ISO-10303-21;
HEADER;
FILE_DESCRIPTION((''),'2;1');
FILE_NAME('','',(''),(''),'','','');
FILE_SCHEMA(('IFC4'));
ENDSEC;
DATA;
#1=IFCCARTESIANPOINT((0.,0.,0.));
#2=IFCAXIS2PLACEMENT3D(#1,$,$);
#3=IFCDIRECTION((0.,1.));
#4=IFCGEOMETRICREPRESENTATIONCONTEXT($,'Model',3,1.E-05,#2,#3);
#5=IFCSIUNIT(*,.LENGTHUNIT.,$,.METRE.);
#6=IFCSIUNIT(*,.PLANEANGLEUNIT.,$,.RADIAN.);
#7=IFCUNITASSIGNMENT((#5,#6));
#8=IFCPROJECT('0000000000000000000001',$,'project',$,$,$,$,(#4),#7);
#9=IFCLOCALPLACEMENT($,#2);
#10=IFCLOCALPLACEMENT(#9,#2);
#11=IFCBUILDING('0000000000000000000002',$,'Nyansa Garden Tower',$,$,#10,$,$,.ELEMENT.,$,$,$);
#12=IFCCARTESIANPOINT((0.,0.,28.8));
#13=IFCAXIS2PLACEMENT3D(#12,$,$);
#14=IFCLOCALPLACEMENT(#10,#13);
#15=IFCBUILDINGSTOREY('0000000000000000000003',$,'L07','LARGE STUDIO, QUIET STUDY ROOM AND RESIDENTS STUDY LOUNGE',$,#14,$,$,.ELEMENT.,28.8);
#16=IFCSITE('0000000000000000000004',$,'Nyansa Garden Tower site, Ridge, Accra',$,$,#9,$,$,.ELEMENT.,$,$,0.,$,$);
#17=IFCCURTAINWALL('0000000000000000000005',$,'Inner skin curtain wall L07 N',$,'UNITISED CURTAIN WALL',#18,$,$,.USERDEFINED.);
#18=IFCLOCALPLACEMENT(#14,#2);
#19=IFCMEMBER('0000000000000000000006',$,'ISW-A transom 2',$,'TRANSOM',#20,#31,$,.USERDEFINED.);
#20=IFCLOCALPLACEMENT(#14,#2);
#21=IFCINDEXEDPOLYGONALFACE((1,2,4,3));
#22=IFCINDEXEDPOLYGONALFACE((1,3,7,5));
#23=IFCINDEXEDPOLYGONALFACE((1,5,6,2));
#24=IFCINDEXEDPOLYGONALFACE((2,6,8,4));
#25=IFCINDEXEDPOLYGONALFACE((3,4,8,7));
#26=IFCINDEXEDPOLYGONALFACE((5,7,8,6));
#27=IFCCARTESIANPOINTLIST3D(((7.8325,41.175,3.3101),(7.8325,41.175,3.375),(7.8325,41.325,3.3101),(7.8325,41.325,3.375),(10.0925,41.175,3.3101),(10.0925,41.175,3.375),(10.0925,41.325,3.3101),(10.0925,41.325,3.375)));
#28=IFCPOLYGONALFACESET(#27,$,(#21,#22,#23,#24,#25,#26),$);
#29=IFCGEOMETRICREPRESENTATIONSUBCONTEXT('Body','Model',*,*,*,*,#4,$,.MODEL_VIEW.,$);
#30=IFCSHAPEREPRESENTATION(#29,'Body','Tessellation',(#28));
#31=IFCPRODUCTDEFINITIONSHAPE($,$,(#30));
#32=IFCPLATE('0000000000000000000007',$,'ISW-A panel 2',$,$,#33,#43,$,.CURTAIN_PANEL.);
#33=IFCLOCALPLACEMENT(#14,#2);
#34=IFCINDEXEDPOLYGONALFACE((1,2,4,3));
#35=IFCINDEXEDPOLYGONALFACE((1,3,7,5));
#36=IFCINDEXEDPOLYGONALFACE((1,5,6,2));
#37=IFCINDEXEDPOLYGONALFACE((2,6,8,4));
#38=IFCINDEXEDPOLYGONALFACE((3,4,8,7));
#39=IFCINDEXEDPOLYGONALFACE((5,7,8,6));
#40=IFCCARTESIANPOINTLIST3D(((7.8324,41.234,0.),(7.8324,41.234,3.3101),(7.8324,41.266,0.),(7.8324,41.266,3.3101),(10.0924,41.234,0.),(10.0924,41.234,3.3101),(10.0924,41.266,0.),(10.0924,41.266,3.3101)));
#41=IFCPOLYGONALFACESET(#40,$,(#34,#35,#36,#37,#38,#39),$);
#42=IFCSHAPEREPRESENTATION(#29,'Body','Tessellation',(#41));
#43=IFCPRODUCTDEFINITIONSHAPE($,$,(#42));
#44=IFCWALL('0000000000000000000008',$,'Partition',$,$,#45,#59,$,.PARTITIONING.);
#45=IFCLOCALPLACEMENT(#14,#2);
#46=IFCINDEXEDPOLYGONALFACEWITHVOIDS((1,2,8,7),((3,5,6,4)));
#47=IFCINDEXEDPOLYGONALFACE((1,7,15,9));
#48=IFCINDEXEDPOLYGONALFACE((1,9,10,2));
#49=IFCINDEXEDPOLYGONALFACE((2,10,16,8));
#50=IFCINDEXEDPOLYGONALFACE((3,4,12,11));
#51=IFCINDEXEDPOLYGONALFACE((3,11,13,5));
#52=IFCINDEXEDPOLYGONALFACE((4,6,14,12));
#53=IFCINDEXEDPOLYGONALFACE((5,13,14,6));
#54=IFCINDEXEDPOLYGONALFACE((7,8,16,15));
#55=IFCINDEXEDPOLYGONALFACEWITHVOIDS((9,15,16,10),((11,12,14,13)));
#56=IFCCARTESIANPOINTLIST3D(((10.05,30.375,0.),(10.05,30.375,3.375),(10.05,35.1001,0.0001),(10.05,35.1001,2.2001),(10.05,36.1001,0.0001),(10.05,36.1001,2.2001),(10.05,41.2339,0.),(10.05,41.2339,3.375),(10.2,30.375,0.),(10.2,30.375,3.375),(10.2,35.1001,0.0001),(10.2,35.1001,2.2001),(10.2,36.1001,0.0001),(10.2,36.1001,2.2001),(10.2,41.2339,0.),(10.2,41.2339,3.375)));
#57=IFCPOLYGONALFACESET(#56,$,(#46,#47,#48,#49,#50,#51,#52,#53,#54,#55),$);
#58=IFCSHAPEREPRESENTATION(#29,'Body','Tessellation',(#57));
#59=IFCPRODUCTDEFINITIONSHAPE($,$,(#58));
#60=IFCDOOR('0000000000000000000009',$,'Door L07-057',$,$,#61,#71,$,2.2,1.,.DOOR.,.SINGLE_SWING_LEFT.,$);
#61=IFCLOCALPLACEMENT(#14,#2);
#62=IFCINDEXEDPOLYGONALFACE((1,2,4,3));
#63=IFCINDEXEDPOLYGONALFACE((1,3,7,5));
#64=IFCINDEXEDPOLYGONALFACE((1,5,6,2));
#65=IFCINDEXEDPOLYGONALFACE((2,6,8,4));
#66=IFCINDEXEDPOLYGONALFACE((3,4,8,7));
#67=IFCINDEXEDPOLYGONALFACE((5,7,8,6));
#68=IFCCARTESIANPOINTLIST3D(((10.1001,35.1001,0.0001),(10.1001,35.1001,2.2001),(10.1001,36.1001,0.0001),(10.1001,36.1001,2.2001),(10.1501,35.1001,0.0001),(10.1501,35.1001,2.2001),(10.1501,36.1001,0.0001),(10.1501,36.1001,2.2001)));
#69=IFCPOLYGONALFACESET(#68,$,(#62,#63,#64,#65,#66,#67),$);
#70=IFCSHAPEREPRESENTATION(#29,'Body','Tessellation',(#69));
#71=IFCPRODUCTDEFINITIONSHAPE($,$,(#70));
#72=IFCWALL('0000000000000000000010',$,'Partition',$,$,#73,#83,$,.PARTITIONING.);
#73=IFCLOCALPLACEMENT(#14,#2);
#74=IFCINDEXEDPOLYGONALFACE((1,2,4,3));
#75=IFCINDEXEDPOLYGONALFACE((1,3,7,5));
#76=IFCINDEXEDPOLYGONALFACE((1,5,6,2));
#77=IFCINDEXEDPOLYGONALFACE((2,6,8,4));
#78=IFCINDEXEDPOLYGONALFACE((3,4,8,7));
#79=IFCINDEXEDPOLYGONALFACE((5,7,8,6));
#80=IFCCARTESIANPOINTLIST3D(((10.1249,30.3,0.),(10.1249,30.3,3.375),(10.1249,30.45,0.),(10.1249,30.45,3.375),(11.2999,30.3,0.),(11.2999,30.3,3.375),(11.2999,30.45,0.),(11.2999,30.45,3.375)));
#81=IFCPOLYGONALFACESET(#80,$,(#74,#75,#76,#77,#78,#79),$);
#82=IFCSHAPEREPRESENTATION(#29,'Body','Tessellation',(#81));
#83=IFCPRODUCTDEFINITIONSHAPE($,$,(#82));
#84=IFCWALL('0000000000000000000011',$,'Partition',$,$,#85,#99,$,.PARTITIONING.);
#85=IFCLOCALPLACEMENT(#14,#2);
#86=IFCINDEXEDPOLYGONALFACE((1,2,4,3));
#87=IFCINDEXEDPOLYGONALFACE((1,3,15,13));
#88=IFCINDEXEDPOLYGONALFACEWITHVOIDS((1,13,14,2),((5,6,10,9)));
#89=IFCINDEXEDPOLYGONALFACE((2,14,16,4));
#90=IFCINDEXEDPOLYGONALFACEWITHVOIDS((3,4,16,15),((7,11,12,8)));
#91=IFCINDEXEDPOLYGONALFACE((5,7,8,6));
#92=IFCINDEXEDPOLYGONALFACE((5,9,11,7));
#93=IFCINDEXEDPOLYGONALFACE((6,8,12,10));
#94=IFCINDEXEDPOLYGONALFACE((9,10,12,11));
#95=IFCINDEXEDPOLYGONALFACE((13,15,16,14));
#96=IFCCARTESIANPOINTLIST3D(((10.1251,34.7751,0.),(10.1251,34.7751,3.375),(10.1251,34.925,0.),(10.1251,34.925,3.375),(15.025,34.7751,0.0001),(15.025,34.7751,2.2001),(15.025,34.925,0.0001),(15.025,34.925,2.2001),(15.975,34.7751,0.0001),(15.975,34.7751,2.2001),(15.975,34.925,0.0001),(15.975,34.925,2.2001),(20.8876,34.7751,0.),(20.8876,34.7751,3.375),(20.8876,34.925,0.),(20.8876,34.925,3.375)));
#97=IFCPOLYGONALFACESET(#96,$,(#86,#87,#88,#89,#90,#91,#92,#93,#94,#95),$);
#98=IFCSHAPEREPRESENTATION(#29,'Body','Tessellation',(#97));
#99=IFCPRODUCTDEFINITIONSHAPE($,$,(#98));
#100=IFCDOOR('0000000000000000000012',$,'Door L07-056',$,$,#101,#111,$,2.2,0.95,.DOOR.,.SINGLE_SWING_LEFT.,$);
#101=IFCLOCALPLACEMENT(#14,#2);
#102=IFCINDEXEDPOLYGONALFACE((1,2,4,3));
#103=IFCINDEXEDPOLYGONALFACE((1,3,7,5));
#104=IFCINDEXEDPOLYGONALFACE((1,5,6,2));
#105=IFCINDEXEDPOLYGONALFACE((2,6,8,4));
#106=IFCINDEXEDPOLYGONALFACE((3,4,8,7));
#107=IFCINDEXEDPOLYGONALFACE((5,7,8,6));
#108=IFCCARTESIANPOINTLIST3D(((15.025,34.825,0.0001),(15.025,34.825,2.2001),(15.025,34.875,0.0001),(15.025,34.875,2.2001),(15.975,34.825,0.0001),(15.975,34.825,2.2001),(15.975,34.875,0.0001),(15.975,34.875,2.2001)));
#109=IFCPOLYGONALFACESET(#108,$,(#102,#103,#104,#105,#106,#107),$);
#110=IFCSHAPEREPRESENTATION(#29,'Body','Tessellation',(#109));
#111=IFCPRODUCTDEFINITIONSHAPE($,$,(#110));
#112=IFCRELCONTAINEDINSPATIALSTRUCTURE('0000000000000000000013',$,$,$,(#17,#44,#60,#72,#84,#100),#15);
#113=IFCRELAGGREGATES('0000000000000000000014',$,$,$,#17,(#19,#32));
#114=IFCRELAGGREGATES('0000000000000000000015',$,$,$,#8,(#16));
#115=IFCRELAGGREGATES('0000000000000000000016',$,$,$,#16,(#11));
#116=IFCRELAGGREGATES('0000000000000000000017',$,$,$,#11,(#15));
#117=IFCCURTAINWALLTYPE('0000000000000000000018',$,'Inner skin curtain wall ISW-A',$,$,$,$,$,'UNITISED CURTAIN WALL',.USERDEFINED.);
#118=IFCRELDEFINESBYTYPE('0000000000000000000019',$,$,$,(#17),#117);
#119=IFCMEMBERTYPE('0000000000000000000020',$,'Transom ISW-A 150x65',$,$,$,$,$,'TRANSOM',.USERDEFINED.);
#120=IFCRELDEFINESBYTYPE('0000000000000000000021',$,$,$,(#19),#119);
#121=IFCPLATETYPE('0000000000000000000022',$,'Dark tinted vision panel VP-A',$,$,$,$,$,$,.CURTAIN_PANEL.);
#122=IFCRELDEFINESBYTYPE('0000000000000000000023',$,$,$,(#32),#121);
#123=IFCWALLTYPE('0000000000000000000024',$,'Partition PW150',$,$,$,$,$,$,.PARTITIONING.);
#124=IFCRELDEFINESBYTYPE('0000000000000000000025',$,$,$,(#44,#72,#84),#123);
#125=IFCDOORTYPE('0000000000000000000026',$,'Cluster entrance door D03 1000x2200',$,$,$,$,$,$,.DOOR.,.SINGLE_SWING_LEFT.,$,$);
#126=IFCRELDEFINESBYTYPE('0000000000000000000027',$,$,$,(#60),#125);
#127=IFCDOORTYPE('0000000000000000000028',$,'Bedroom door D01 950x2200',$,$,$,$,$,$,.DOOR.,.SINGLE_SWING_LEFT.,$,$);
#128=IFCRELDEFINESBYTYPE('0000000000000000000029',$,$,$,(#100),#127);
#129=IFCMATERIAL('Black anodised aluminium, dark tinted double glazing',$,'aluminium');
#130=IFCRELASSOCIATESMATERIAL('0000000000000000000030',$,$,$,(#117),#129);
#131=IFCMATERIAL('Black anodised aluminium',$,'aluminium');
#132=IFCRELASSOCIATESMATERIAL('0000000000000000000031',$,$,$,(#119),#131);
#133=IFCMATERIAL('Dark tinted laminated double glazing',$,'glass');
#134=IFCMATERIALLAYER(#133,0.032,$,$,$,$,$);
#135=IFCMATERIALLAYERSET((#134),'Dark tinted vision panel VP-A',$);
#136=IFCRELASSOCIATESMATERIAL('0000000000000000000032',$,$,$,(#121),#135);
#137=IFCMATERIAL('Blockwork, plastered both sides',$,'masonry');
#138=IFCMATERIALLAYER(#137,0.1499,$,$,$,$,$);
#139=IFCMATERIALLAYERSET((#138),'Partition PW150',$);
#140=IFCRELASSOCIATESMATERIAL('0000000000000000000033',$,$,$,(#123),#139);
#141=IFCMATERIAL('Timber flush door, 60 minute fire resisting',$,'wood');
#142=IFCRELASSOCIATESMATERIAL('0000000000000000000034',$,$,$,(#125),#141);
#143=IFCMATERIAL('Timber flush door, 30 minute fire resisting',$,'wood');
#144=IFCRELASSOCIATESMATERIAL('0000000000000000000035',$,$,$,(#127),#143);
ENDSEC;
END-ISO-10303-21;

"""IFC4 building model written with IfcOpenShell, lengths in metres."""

from ifc_helpers import new_model, si_unit, direction, frame, frame_2d, origin, origin_2d, place, context, subcontext, project, spatial, rectangle, extrude, material, layer, layer_set, material_profile, profile_set, type_object, element, fill, aggregate, save


model = new_model("IFC4")

# Units and contexts
model_context = context("Model", 3, precision=1e-05, world=origin(), true_north=direction((0.0, 1.0)))
body_context = subcontext(model_context, "Body", "Model", "MODEL_VIEW")
ifc_project = project(units=[si_unit("LENGTHUNIT", "METRE"), si_unit("PLANEANGLEUNIT", "RADIAN")], contexts=[model_context])

# Site, building, storey
site_placement = place(None, origin())
site = spatial("IfcSite", under=ifc_project, at=site_placement, Name="Nyansa Garden Tower site, Ridge, Accra", CompositionType="ELEMENT", RefElevation=0.0)
building_placement = place(site_placement, origin())
building = spatial("IfcBuilding", under=site, at=building_placement, Name="Nyansa Garden Tower", CompositionType="ELEMENT")
storey_placement = place(building_placement, frame((0.0, 0.0, 28.8)))
storey = spatial("IfcBuildingStorey", under=building, at=storey_placement, Name="L07", Description="LARGE STUDIO, QUIET STUDY ROOM AND RESIDENTS STUDY LOUNGE", CompositionType="ELEMENT", Elevation=28.8)

# Curtain wall
ifc_material_1 = material(Name="Black anodised aluminium, dark tinted double glazing", Category="aluminium")
curtain_wall_type = type_object("IfcCurtainWallType", Name="Inner skin curtain wall ISW-A", ElementType="UNITISED CURTAIN WALL", PredefinedType="USERDEFINED", material=ifc_material_1)
curtain_wall_placement = place(storey_placement, origin())
curtain_wall = element("IfcCurtainWall", 1, at=curtain_wall_placement, inside=storey, type_object=curtain_wall_type, Name="Inner skin curtain wall L07 N", ObjectType="UNITISED CURTAIN WALL", PredefinedType="USERDEFINED")

# Member
ifc_material_2 = material(Name="Black anodised aluminium", Category="aluminium")
ifc_material_profile_1 = material_profile(ifc_material_2, rectangle(XDim=0.1499, YDim=0.0649, at=origin_2d()), Name="Transom 150x65")
ifc_profile_set_1 = profile_set([ifc_material_profile_1], Name="Black anodised aluminium")
member_type_1 = type_object("IfcMemberType", Name="Transom ISW-A 150x65", ElementType="TRANSOM", PredefinedType="USERDEFINED", material=ifc_profile_set_1)
member_1_placement = place(storey_placement, frame((10.0925, 41.25, 3.3425), z_axis=(-1.0, 0.0, 0.0), x_axis=(0.0, -1.0, 0.0)))
member_1 = element("IfcMember", 2, at=member_1_placement, type_object=member_type_1, Name="ISW-A transom 2", ObjectType="TRANSOM", PredefinedType="USERDEFINED", context=body_context, shape_type="SweptSolid", body=[
    extrude(rectangle(XDim=0.1499, YDim=0.0649, at=origin_2d()), origin(), (0.0, 0.0, 1.0), 2.26),
])

# Plate
ifc_material_3 = material(Name="Dark tinted laminated double glazing", Category="glass")
ifc_layer_1 = layer(ifc_material_3, 0.032)
ifc_layer_set_1 = layer_set([ifc_layer_1], Name="Dark tinted vision panel VP-A")
plate_type = type_object("IfcPlateType", Name="Dark tinted vision panel VP-A", PredefinedType="CURTAIN_PANEL", material=ifc_layer_set_1)
plate_placement = place(storey_placement, frame((8.9624, 41.25, 0.0), z_axis=(0.0, 0.0, 1.0), x_axis=(-1.0, 0.0, 0.0)))
plate = element("IfcPlate", 3, at=plate_placement, type_object=plate_type, Name="ISW-A panel 2", PredefinedType="CURTAIN_PANEL", context=body_context, shape_type="SweptSolid", body=[
    extrude(rectangle(XDim=2.26, YDim=0.032, at=origin_2d()), origin(), (0.0, 0.0, 1.0), 3.3101),
])
aggregate(curtain_wall, [member_1, plate])

# Wall, opening, door
ifc_material_4 = material(Name="Blockwork, plastered both sides", Category="masonry")
ifc_layer_2 = layer(ifc_material_4, 0.1499)
ifc_layer_set_2 = layer_set([ifc_layer_2], Name="Partition PW150")
wall_type_1 = type_object("IfcWallType", Name="Partition PW150", PredefinedType="PARTITIONING", material=ifc_layer_set_2)
wall_1_placement = place(storey_placement, frame((10.125, 30.375, 0.0), z_axis=(0.0, 0.0, 1.0), x_axis=(0.0, 1.0, 0.0)))
wall_1 = element("IfcWall", 4, at=wall_1_placement, inside=storey, type_object=wall_type_1, Name="Partition", PredefinedType="PARTITIONING", context=body_context, shape_type="SweptSolid", body=[
    extrude(rectangle(XDim=10.8589, YDim=0.1499, at=frame_2d((5.4294, 0.0))), origin(), (0.0, 0.0, 1.0), 3.375),
])
opening_1_placement = place(wall_1_placement, frame((4.7251, 0.0, 0.0)))
opening_1 = element("IfcOpeningElement", 5, at=opening_1_placement, cuts=wall_1, PredefinedType="OPENING", context=body_context, shape_type="SweptSolid", body=[
    extrude(rectangle(XDim=1.0, YDim=2.2, at=frame_2d((0.5, 1.1001))), frame((0.0, 0.085, 0.0), z_axis=(0.0, -1.0, 0.0), x_axis=(1.0, 0.0, 0.0)), (0.0, 0.0, 1.0), 0.1699),
])
ifc_material_5 = material(Name="Timber flush door, 60 minute fire resisting", Category="wood")
door_type_1 = type_object("IfcDoorType", Name="Cluster entrance door D03 1000x2200", OperationType="SINGLE_SWING_LEFT", PredefinedType="DOOR", material=ifc_material_5)
door_1_placement = place(opening_1_placement, origin())
door_1 = element("IfcDoor", 6, at=door_1_placement, inside=storey, type_object=door_type_1, Name="Door L07-057", OperationType="SINGLE_SWING_LEFT", OverallHeight=2.2, OverallWidth=1.0, PredefinedType="DOOR", context=body_context, shape_type="SweptSolid", body=[
    extrude(rectangle(XDim=1.0, YDim=2.2, at=frame_2d((0.5, 1.1001))), frame((0.0, 0.0249, 0.0), z_axis=(0.0, -1.0, 0.0), x_axis=(1.0, 0.0, 0.0)), (0.0, 0.0, 1.0), 0.05),
])
fill(opening_1, door_1)

# Wall
wall_2_placement = place(storey_placement, frame((10.125, 30.375, 0.0), z_axis=(0.0, 0.0, 1.0), x_axis=(1.0, 0.0, 0.0)))
element("IfcWall", 7, at=wall_2_placement, inside=storey, type_object=wall_type_1, Name="Partition", PredefinedType="PARTITIONING", context=body_context, shape_type="SweptSolid", body=[
    extrude(rectangle(XDim=1.175, YDim=0.1499, at=frame_2d((0.5874, 0.0))), origin(), (0.0, 0.0, 1.0), 3.375),
])

# Wall, opening, door
wall_3_placement = place(storey_placement, frame((10.125, 34.8501, 0.0), z_axis=(0.0, 0.0, 1.0), x_axis=(1.0, 0.0, 0.0)))
wall_3 = element("IfcWall", 8, at=wall_3_placement, inside=storey, type_object=wall_type_1, Name="Partition", PredefinedType="PARTITIONING", context=body_context, shape_type="SweptSolid", body=[
    extrude(rectangle(XDim=10.7625, YDim=0.1499, at=frame_2d((5.3813, 0.0))), origin(), (0.0, 0.0, 1.0), 3.375),
])
opening_2_placement = place(wall_3_placement, frame((4.8999, 0.0, 0.0)))
opening_2 = element("IfcOpeningElement", 9, at=opening_2_placement, cuts=wall_3, PredefinedType="OPENING", context=body_context, shape_type="SweptSolid", body=[
    extrude(rectangle(XDim=0.95, YDim=2.2, at=frame_2d((0.4751, 1.1001))), frame((0.0, 0.085, 0.0), z_axis=(0.0, -1.0, 0.0), x_axis=(1.0, 0.0, 0.0)), (0.0, 0.0, 1.0), 0.1699),
])
ifc_material_6 = material(Name="Timber flush door, 30 minute fire resisting", Category="wood")
door_type_2 = type_object("IfcDoorType", Name="Bedroom door D01 950x2200", OperationType="SINGLE_SWING_LEFT", PredefinedType="DOOR", material=ifc_material_6)
door_2_placement = place(opening_2_placement, origin())
door_2 = element("IfcDoor", 10, at=door_2_placement, inside=storey, type_object=door_type_2, Name="Door L07-056", OperationType="SINGLE_SWING_LEFT", OverallHeight=2.2, OverallWidth=0.95, PredefinedType="DOOR", context=body_context, shape_type="SweptSolid", body=[
    extrude(rectangle(XDim=0.95, YDim=2.2, at=frame_2d((0.4751, 1.1001))), frame((0.0, 0.0249, 0.0), z_axis=(0.0, -1.0, 0.0), x_axis=(1.0, 0.0, 0.0)), (0.0, 0.0, 1.0), 0.05),
])
fill(opening_2, door_2)

save(model, "model.ifc")
